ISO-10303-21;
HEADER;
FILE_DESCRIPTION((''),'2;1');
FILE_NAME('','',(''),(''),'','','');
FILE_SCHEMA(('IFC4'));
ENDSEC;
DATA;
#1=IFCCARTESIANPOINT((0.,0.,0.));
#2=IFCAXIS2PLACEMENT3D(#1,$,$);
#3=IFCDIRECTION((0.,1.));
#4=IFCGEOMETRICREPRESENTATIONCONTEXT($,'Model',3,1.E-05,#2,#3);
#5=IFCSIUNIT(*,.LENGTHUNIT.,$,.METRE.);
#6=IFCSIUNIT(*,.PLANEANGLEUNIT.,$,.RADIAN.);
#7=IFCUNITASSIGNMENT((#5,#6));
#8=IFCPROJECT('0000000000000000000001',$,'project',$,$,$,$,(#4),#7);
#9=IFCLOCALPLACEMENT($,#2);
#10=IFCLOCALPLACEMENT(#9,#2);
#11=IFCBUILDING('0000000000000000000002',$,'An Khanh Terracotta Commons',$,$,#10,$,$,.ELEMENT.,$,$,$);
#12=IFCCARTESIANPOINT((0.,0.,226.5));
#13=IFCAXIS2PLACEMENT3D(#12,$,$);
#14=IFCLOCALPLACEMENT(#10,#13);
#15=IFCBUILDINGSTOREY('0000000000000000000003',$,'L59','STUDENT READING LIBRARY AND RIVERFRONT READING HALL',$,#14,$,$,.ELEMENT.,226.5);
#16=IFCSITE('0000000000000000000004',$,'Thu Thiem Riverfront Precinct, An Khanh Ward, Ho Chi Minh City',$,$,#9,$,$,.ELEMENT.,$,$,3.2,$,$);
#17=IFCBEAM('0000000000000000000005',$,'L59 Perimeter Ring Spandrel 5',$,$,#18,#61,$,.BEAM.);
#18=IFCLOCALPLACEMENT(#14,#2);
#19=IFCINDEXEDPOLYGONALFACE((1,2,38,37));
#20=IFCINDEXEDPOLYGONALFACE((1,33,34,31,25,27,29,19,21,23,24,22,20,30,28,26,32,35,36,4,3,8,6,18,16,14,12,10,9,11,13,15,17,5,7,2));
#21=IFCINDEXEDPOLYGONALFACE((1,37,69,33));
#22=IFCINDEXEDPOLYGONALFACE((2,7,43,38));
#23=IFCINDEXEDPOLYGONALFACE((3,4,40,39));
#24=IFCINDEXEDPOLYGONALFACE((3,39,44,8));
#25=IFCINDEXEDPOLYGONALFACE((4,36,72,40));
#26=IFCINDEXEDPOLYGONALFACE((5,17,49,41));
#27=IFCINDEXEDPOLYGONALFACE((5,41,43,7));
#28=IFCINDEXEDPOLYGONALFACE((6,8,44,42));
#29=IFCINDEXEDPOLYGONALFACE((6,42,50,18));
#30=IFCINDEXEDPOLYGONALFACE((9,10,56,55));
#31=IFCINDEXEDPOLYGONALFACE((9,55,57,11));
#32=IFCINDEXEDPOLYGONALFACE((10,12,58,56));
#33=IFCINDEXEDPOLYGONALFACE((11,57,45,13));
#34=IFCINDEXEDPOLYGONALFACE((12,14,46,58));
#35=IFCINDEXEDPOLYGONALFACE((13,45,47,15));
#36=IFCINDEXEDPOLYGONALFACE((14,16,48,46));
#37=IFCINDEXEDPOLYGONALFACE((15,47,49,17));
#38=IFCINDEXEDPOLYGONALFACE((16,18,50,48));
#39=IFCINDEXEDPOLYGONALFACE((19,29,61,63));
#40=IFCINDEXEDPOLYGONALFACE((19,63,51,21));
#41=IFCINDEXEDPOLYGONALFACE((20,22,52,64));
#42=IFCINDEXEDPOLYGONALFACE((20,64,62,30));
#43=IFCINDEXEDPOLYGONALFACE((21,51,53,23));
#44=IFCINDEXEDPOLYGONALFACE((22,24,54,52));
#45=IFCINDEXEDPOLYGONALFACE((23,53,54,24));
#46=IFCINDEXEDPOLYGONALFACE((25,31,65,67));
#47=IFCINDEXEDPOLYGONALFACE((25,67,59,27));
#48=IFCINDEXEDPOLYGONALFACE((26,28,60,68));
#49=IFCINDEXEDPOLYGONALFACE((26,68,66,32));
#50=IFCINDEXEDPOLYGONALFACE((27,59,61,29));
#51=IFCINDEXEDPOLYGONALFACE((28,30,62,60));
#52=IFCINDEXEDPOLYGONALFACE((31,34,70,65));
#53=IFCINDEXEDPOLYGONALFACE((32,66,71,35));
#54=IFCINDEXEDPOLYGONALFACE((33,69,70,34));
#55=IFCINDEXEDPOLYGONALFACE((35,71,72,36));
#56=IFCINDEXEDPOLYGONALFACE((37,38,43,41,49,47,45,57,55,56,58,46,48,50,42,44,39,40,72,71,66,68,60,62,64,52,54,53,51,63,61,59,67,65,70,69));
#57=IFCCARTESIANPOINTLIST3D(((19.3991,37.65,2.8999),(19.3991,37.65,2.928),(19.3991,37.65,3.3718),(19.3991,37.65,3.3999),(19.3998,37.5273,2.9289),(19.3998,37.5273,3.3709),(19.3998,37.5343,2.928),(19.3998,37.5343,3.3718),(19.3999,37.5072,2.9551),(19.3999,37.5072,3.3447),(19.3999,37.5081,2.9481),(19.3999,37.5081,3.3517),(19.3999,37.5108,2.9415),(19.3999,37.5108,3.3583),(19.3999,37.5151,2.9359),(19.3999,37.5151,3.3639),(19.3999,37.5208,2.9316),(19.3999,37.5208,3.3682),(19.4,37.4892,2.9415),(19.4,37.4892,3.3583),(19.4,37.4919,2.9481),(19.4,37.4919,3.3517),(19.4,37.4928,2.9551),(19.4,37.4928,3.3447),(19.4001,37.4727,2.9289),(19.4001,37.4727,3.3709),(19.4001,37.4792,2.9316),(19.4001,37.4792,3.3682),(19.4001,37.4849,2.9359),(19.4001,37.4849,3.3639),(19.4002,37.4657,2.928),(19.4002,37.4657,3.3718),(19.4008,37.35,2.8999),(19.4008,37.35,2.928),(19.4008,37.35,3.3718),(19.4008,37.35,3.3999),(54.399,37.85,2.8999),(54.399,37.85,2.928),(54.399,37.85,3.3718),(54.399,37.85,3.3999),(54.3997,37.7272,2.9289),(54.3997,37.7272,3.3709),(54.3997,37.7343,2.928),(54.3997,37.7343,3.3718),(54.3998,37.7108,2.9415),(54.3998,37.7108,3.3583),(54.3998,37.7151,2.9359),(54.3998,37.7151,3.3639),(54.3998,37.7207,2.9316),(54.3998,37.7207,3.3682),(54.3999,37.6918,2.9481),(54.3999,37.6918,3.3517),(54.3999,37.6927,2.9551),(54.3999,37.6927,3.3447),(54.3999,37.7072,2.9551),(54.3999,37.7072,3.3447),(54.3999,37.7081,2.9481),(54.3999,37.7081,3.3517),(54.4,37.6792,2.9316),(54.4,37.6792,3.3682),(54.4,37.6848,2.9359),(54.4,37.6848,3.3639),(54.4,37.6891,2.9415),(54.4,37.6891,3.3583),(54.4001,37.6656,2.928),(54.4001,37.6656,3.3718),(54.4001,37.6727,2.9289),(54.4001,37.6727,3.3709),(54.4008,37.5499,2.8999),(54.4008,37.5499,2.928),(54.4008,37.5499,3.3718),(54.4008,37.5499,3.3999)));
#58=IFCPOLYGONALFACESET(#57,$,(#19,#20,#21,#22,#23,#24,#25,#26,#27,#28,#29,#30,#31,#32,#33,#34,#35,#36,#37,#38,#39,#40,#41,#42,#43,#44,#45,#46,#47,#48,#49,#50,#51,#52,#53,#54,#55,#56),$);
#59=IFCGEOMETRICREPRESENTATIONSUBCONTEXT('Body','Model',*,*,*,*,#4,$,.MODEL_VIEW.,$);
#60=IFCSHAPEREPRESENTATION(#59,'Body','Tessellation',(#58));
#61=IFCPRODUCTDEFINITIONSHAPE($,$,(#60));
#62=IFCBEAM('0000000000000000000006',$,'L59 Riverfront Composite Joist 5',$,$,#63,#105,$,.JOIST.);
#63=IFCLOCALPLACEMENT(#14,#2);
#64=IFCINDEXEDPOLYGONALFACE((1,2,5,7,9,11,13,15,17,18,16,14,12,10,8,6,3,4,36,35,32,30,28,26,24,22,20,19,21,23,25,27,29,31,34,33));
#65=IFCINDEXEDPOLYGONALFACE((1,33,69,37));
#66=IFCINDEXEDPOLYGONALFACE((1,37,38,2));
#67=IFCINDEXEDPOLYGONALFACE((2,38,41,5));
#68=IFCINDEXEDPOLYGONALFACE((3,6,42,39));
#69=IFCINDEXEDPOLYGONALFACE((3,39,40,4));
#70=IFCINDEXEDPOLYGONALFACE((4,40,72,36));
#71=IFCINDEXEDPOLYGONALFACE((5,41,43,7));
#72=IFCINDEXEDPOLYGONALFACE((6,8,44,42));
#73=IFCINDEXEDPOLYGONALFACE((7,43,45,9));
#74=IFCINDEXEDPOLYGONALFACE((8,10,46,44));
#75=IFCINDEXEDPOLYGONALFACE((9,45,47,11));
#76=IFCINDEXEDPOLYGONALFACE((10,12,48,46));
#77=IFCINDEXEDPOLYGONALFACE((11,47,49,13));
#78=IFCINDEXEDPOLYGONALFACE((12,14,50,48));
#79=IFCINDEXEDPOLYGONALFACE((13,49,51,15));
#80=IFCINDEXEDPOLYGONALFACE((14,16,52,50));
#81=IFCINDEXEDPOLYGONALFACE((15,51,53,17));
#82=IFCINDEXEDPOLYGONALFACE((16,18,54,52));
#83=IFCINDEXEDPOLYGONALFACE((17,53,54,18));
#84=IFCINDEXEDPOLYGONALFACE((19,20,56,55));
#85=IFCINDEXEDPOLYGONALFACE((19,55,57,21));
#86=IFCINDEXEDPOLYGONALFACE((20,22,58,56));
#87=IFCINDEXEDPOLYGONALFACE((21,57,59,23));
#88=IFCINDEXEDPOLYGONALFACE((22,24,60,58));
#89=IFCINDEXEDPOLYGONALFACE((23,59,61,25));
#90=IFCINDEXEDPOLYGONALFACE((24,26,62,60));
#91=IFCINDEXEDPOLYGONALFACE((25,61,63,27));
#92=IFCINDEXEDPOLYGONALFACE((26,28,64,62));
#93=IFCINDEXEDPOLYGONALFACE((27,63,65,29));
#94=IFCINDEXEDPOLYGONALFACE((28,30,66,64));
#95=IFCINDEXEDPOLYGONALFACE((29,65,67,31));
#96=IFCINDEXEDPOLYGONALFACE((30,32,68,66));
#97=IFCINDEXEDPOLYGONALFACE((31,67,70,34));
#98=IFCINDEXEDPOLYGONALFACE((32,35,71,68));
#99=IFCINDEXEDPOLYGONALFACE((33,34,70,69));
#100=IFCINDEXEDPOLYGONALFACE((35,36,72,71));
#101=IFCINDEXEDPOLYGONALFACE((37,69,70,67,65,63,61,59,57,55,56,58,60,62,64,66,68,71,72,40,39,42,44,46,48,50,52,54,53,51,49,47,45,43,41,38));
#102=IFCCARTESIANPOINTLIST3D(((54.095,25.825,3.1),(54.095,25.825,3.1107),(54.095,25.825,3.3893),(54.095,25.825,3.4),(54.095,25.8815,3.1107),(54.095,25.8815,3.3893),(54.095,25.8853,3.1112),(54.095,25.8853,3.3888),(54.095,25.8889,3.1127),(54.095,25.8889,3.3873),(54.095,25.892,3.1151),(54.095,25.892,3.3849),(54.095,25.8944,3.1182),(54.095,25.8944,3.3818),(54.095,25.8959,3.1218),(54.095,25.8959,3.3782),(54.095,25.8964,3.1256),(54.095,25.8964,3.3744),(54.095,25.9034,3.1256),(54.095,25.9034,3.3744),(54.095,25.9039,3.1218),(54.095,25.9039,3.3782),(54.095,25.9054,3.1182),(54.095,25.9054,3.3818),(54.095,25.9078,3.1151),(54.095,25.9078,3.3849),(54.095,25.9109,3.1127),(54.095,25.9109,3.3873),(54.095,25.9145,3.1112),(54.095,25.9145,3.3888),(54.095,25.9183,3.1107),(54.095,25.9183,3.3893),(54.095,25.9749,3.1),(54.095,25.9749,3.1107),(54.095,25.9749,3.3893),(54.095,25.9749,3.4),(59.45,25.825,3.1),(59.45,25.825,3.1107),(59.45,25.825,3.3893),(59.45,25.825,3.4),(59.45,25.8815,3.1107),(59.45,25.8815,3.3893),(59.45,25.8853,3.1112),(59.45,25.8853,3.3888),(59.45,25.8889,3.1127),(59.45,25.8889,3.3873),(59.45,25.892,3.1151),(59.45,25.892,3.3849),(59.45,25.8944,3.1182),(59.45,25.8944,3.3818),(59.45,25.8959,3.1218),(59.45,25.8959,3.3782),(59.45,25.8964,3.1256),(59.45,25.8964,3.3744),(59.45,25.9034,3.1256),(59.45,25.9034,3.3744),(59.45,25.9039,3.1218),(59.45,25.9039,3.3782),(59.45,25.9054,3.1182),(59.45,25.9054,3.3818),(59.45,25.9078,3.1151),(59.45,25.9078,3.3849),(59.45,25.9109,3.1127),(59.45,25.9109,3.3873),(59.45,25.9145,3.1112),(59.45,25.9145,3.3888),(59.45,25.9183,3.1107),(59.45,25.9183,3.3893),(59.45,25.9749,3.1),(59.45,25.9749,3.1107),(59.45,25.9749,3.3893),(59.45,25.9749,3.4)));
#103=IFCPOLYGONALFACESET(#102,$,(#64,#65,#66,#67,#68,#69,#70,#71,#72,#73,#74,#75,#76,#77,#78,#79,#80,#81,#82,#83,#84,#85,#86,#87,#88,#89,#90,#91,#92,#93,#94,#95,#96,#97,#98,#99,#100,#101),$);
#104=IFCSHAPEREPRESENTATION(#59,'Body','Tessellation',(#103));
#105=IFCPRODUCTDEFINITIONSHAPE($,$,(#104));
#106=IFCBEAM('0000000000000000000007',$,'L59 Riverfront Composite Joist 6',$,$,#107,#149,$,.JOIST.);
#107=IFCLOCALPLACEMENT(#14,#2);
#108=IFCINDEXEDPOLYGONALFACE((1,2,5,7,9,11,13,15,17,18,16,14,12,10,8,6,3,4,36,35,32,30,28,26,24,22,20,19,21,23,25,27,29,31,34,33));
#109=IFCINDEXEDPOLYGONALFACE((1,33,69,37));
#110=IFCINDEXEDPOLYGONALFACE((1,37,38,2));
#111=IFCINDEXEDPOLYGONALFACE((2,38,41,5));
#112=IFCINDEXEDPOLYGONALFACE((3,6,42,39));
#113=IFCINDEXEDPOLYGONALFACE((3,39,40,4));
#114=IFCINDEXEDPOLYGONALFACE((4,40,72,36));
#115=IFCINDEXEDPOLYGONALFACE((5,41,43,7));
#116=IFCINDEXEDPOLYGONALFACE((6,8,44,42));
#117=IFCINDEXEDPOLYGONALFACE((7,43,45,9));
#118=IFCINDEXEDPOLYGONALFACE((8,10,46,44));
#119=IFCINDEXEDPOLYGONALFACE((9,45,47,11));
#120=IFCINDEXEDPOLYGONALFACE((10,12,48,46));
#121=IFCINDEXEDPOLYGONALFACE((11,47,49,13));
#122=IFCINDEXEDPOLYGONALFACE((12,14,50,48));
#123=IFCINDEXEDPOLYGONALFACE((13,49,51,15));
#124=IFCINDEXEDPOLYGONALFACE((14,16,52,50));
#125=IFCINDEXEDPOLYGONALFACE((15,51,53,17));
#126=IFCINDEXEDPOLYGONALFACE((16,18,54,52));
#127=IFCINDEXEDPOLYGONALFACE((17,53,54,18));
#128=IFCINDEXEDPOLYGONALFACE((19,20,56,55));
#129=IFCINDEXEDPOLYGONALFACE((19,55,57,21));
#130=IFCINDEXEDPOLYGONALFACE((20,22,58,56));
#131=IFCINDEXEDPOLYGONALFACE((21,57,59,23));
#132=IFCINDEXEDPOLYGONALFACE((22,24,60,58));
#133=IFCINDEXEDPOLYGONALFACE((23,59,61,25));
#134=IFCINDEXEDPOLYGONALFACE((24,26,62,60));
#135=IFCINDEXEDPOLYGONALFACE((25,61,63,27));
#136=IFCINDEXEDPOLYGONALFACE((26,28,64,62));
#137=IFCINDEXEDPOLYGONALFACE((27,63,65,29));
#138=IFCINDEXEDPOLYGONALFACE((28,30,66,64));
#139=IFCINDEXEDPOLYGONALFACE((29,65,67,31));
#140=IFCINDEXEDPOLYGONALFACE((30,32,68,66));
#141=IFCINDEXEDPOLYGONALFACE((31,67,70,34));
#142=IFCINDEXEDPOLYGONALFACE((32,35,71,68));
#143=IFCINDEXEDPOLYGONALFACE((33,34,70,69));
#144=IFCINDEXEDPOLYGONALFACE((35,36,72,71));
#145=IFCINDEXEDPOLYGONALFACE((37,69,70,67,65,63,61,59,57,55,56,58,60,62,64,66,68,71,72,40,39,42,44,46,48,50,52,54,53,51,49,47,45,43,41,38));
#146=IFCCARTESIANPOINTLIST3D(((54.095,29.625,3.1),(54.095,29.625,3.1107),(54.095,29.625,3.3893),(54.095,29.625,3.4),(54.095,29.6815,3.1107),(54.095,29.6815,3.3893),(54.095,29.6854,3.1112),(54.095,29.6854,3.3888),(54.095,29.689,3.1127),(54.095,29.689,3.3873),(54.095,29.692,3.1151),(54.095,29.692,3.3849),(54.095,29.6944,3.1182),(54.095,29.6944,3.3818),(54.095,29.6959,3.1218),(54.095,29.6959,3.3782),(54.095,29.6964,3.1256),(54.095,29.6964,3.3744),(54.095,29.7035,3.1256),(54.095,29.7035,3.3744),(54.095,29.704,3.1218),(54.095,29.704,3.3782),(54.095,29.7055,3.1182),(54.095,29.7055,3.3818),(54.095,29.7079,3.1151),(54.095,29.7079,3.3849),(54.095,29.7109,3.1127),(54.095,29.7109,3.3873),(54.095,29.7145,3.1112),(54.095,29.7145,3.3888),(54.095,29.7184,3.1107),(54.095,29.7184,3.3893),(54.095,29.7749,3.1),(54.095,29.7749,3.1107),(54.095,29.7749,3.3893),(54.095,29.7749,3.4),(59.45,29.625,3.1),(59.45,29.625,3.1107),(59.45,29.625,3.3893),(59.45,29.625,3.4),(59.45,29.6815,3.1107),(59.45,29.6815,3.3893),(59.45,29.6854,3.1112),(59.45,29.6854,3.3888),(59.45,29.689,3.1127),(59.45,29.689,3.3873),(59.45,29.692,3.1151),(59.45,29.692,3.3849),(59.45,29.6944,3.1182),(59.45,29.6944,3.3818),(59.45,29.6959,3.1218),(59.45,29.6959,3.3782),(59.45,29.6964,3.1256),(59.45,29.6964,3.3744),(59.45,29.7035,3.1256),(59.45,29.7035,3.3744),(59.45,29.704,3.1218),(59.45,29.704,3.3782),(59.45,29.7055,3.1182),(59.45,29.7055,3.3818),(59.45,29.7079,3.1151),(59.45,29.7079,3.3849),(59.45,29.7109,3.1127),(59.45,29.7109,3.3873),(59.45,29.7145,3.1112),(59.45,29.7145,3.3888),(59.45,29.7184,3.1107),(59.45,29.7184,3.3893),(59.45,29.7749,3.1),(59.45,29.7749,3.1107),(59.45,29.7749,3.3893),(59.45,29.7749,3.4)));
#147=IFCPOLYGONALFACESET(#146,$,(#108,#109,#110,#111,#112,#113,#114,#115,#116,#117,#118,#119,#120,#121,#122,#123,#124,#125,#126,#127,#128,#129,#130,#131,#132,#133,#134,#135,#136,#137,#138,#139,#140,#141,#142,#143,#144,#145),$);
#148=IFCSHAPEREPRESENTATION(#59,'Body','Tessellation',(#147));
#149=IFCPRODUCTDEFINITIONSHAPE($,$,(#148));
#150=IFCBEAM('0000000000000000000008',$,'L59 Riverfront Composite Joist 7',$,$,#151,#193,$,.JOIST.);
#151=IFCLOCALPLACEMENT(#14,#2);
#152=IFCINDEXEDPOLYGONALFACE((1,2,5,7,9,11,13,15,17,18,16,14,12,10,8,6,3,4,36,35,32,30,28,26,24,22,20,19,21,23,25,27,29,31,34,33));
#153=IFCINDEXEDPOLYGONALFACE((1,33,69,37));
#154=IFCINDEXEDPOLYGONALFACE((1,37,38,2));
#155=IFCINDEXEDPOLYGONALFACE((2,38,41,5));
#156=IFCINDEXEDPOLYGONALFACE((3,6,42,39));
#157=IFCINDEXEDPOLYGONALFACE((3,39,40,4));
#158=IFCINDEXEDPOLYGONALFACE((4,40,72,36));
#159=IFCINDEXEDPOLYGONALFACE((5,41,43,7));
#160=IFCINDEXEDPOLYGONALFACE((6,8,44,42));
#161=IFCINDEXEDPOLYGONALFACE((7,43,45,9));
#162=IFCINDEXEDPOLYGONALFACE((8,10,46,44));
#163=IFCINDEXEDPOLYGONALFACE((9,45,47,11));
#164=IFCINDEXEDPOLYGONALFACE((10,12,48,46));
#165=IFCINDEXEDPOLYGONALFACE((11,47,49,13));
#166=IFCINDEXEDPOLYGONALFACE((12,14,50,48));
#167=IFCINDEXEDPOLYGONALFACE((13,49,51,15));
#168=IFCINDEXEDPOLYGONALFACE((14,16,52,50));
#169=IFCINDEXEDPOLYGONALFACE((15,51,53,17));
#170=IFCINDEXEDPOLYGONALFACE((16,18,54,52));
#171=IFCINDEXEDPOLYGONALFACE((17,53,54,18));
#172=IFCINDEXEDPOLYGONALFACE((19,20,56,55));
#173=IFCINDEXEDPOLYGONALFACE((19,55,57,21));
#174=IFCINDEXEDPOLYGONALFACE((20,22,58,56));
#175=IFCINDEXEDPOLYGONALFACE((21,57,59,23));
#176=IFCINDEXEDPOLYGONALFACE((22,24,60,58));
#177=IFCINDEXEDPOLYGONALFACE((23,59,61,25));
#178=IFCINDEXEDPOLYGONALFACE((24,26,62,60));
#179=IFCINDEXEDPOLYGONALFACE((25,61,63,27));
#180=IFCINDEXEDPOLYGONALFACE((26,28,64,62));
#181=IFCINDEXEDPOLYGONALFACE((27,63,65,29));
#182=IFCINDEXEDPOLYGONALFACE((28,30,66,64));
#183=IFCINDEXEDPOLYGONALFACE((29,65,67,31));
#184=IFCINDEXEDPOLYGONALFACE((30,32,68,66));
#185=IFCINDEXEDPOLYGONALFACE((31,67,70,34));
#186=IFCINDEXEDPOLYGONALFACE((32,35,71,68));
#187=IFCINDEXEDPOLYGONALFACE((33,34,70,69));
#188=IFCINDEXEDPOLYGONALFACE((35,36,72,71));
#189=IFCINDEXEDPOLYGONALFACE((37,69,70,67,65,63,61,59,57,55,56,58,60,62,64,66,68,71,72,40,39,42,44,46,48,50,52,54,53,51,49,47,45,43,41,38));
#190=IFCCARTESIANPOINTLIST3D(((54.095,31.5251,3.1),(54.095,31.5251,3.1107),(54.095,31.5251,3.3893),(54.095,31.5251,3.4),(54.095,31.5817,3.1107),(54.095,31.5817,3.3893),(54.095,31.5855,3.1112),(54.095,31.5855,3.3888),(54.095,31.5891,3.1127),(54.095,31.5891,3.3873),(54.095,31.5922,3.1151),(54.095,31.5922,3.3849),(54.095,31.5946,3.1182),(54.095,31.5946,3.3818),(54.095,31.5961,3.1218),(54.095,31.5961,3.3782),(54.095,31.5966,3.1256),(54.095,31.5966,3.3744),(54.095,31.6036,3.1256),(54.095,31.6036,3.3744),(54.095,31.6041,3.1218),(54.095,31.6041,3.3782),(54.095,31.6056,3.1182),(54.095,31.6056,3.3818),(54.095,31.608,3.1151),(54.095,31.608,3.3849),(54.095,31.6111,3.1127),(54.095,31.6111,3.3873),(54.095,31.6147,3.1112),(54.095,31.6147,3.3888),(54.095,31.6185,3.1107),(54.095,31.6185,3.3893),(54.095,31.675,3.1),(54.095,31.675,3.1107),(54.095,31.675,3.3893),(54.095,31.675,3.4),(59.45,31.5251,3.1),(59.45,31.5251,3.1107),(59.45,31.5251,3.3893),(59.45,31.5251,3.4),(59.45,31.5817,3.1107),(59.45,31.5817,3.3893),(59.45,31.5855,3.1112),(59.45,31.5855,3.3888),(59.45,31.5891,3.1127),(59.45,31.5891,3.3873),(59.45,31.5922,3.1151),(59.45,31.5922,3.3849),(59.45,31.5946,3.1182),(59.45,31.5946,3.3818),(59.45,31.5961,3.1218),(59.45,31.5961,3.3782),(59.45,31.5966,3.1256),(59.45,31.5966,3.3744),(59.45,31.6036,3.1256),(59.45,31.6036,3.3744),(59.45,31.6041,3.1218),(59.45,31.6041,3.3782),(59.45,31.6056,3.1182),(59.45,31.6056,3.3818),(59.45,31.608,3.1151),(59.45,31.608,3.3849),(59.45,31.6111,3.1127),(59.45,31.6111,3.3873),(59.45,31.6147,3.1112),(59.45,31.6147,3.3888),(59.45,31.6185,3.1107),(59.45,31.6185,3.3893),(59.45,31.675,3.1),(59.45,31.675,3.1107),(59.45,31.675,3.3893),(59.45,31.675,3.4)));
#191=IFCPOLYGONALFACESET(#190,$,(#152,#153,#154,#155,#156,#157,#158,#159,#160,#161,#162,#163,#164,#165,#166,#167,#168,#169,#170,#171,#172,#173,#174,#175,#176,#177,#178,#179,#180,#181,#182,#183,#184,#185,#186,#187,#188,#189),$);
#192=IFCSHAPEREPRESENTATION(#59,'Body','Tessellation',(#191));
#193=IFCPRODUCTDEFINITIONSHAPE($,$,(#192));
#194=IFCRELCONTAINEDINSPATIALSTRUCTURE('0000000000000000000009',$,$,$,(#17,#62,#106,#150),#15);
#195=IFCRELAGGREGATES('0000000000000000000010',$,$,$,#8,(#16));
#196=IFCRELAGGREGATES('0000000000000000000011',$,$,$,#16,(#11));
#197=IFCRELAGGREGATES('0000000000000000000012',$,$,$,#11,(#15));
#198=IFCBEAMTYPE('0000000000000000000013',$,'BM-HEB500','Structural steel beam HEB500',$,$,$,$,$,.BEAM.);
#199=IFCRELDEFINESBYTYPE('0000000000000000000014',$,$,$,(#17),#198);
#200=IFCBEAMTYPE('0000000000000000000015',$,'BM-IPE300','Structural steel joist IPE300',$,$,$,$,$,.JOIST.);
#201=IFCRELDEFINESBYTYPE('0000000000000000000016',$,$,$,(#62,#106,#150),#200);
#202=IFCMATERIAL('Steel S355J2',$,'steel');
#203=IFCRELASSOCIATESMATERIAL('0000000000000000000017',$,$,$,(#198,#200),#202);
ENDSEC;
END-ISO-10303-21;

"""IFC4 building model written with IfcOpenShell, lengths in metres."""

from ifc_helpers import new_model, si_unit, direction, frame, origin, origin_2d, place, context, subcontext, project, spatial, i_section, extrude, material, material_profile, profile_set, type_object, element, save


model = new_model("IFC4")

# Units and contexts
model_context = context("Model", 3, precision=1e-05, world=origin(), true_north=direction((0.0, 1.0)))
body_context = subcontext(model_context, "Body", "Model", "MODEL_VIEW")
ifc_project = project(units=[si_unit("LENGTHUNIT", "METRE"), si_unit("PLANEANGLEUNIT", "RADIAN")], contexts=[model_context])

# Site, building, storey
site_placement = place(None, origin())
site = spatial("IfcSite", under=ifc_project, at=site_placement, Name="Thu Thiem Riverfront Precinct, An Khanh Ward, Ho Chi Minh City", CompositionType="ELEMENT", RefElevation=3.2)
building_placement = place(site_placement, origin())
building = spatial("IfcBuilding", under=site, at=building_placement, Name="An Khanh Terracotta Commons", CompositionType="ELEMENT")
storey_placement = place(building_placement, frame((0.0, 0.0, 226.5)))
storey = spatial("IfcBuildingStorey", under=building, at=storey_placement, Name="L59", Description="STUDENT READING LIBRARY AND RIVERFRONT READING HALL", CompositionType="ELEMENT", Elevation=226.5)

# Beams
ifc_material_1 = material(Name="Steel S355J2", Category="steel")
ifc_material_profile_1 = material_profile(ifc_material_1, i_section(OverallWidth=0.3, OverallDepth=0.5, WebThickness=0.0144, FlangeThickness=0.0281, FilletRadius=0.0271, at=origin_2d()), Name="HEB500")
ifc_profile_set_1 = profile_set([ifc_material_profile_1], Name="Steel S355J2")
beam_type_1 = type_object("IfcBeamType", Name="BM-HEB500", Description="Structural steel beam HEB500", PredefinedType="BEAM", material=ifc_profile_set_1)
beam_1_placement = place(storey_placement, frame((54.3999, 37.7, 3.1499), z_axis=(-0.999984, -0.005713, 0.0), x_axis=(0.005713, -0.999984, 0.0)))
element("IfcBeam", 1, at=beam_1_placement, inside=storey, type_object=beam_type_1, Name="L59 Perimeter Ring Spandrel 5", PredefinedType="BEAM", context=body_context, shape_type="SweptSolid", body=[
    extrude(i_section(OverallWidth=0.3, OverallDepth=0.5, WebThickness=0.0144, FlangeThickness=0.0281, FilletRadius=0.0271, at=origin_2d()), origin(), (0.0, 0.0, 1.0), 35.0005),
])
ifc_material_profile_2 = material_profile(ifc_material_1, i_section(OverallWidth=0.1499, OverallDepth=0.3, WebThickness=0.0071, FlangeThickness=0.0107, FilletRadius=0.0149, at=origin_2d()), Name="IPE300")
ifc_profile_set_2 = profile_set([ifc_material_profile_2], Name="Steel S355J2")
beam_type_2 = type_object("IfcBeamType", Name="BM-IPE300", Description="Structural steel joist IPE300", PredefinedType="JOIST", material=ifc_profile_set_2)
for number, where, z_axis, x_axis, name in (
    (2, (54.095, 25.8999, 3.25), (1.0, 0.0, 0.0), (0.0, 1.0, 0.0), "L59 Riverfront Composite Joist 5"),
    (3, (54.095, 29.7, 3.25), (1.0, 0.0, 0.0), (0.0, 1.0, 0.0), "L59 Riverfront Composite Joist 6"),
    (4, (54.095, 31.6001, 3.25), (1.0, 0.0, 0.0), (0.0, 1.0, 0.0), "L59 Riverfront Composite Joist 7"),
):
    element("IfcBeam", number, at=place(storey_placement, frame(where, z_axis=z_axis, x_axis=x_axis)), inside=storey, type_object=beam_type_2, Name=name, PredefinedType="JOIST", context=body_context, shape_type="SweptSolid", body=[
        extrude(i_section(OverallWidth=0.1499, OverallDepth=0.3, WebThickness=0.0071, FlangeThickness=0.0107, FilletRadius=0.0149, at=origin_2d()), origin(), (0.0, 0.0, 1.0), 5.355),
    ])

save(model, "model.ifc")
